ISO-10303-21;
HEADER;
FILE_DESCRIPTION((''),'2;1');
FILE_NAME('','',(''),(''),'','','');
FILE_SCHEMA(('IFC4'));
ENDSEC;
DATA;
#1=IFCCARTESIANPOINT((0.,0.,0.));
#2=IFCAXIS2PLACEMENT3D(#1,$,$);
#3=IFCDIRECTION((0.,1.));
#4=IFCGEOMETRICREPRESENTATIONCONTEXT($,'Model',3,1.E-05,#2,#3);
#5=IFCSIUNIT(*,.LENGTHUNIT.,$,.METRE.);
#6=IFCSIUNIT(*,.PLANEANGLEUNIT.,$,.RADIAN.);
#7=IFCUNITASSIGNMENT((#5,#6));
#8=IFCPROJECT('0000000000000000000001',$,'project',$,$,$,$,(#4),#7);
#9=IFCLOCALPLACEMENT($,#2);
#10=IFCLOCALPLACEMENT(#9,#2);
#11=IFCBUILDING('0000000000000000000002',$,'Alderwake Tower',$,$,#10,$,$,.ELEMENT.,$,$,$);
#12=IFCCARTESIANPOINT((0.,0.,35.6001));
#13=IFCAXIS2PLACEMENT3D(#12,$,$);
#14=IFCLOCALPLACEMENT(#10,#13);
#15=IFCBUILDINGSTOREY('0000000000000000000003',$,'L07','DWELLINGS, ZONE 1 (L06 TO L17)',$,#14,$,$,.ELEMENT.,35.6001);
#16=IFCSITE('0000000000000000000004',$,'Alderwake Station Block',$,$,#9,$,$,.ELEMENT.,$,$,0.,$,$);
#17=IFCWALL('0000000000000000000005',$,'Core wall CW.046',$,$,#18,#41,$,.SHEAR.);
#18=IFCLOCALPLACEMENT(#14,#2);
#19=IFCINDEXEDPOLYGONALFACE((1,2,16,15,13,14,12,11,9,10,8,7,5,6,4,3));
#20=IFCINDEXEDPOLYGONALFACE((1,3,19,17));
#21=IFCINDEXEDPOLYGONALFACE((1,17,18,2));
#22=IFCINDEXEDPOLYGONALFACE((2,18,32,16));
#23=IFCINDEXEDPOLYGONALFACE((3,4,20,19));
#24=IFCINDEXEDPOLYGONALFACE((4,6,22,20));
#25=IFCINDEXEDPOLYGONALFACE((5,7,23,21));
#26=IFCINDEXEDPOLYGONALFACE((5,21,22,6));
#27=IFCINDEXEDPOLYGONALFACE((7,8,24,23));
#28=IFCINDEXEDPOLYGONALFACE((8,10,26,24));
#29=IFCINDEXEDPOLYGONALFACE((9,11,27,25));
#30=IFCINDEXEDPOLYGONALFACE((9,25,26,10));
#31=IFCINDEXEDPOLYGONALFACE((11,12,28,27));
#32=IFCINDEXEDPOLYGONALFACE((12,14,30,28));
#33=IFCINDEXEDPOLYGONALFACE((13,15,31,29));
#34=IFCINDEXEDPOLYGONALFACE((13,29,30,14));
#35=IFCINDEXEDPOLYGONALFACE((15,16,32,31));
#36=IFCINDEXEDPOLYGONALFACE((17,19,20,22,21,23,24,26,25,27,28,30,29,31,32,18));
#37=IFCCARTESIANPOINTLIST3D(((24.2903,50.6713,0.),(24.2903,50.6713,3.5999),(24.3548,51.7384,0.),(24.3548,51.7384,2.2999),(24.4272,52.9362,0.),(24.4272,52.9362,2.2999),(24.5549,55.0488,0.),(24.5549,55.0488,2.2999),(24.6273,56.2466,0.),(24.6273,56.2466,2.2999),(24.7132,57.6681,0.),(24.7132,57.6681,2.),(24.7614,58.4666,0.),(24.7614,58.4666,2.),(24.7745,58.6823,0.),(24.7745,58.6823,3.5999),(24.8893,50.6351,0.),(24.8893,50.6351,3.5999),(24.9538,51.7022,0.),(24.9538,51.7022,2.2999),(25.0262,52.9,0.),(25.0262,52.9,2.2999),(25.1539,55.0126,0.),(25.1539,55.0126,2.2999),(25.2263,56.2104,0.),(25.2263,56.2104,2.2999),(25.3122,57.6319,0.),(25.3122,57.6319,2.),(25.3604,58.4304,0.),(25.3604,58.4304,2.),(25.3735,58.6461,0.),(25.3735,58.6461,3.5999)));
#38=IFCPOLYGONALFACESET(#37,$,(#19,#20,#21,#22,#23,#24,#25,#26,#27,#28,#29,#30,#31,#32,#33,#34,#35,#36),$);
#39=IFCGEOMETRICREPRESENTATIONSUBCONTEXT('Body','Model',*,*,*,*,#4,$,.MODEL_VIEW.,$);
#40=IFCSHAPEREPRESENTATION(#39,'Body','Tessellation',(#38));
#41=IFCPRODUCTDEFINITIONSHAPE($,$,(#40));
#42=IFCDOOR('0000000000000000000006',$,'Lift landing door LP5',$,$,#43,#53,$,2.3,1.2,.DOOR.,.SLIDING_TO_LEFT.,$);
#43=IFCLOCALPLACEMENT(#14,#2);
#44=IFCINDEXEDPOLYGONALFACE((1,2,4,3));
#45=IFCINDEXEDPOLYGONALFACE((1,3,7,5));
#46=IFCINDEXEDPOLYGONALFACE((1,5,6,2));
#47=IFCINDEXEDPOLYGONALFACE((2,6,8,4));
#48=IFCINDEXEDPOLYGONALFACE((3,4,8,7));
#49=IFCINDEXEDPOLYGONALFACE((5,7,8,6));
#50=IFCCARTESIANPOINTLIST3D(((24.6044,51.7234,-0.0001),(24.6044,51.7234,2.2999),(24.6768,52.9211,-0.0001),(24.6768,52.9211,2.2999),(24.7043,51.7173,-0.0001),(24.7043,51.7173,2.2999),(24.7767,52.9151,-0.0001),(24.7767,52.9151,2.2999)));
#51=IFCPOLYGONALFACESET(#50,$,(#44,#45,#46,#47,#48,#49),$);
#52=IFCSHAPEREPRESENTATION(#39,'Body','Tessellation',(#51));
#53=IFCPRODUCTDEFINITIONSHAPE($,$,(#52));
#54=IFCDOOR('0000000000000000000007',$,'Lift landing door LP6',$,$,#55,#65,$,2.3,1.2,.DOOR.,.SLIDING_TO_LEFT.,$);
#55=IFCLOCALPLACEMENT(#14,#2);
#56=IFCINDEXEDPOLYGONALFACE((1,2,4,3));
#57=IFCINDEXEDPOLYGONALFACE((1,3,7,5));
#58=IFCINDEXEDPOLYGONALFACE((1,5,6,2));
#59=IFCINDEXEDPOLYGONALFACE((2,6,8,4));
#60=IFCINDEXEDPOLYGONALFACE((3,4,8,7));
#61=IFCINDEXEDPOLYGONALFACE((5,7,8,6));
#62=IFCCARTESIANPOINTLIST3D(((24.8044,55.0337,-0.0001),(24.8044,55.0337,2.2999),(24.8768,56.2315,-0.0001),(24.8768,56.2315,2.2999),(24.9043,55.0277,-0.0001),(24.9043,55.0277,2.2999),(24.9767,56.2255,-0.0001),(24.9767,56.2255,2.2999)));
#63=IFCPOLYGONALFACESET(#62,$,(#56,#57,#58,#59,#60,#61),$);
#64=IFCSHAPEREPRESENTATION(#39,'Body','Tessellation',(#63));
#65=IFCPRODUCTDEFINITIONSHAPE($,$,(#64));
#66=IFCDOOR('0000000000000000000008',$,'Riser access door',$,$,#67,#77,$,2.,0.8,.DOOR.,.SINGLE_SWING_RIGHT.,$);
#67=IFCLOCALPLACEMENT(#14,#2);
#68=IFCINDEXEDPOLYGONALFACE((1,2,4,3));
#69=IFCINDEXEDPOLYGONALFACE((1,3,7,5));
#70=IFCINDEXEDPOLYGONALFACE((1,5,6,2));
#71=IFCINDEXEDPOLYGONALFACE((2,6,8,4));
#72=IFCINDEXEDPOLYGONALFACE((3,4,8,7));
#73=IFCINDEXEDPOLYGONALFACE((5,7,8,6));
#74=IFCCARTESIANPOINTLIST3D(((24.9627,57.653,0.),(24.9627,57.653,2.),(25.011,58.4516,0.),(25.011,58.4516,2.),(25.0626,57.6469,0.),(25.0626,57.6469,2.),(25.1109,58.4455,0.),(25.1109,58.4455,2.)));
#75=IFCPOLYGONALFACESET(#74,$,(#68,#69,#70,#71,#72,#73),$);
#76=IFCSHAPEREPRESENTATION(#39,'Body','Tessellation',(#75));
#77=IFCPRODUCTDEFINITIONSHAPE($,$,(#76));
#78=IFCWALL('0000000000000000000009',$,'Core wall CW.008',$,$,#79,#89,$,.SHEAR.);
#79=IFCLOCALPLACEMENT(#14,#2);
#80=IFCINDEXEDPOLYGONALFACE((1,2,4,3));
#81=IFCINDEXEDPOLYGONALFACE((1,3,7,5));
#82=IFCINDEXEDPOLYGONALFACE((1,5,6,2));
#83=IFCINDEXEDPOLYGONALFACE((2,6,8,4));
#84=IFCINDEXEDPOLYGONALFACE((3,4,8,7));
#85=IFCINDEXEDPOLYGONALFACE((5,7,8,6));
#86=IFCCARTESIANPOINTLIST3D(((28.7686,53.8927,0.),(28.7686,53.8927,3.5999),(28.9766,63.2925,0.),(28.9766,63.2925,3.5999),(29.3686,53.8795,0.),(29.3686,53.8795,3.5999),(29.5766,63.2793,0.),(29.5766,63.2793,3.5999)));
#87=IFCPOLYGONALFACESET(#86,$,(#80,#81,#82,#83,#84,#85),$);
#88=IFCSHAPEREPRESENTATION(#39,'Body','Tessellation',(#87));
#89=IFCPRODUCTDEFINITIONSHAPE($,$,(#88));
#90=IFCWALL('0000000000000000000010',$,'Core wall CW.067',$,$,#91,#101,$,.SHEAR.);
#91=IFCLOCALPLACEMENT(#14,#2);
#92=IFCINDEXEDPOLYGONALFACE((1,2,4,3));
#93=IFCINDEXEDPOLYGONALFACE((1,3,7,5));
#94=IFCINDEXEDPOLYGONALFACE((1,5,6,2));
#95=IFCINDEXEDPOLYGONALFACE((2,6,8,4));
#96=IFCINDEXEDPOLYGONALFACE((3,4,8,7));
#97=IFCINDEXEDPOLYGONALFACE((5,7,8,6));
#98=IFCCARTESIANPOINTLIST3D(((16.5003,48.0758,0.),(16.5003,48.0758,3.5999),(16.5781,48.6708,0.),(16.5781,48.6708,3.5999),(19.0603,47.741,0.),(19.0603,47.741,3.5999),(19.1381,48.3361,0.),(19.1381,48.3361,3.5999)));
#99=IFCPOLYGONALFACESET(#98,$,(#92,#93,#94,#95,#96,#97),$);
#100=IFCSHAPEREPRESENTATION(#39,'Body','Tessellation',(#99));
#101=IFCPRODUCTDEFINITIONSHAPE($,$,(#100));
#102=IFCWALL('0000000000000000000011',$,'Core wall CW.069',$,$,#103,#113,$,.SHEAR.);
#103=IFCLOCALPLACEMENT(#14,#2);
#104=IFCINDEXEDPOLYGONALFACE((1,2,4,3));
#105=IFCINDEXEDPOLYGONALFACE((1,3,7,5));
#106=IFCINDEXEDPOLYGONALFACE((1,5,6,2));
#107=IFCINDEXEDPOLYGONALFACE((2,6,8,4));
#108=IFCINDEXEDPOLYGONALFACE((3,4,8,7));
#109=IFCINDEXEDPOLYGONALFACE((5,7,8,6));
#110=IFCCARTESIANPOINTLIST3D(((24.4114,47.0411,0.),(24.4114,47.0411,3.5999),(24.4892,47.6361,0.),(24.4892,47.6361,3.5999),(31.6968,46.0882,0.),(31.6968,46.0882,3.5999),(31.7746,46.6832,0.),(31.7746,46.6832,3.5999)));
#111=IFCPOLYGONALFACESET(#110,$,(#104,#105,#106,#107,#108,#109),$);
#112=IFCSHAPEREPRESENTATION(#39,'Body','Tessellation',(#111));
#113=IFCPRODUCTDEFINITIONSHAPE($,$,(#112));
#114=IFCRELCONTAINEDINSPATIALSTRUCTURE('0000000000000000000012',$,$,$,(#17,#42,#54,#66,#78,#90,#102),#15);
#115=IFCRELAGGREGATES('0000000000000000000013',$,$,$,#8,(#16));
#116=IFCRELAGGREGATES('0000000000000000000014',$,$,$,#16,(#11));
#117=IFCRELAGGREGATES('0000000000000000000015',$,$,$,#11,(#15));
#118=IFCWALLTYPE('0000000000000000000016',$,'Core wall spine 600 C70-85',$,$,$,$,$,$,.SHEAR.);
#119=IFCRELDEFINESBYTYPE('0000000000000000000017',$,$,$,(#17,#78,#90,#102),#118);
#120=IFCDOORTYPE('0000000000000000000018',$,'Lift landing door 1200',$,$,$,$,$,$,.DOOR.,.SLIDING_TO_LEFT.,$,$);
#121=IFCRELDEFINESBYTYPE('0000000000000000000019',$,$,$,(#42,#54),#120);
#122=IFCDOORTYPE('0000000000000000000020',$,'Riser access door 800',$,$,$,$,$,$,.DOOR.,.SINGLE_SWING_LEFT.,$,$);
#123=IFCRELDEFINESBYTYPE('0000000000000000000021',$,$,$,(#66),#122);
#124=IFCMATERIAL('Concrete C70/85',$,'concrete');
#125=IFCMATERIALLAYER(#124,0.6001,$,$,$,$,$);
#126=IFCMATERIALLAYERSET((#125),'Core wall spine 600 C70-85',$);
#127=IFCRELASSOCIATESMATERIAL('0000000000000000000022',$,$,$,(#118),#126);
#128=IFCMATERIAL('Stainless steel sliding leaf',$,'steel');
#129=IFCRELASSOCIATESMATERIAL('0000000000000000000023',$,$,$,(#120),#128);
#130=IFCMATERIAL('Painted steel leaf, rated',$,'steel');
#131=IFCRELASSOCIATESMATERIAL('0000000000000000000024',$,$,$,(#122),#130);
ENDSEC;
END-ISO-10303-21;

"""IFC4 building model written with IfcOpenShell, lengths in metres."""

from ifc_helpers import new_model, si_unit, direction, frame, frame_2d, origin, place, context, subcontext, project, spatial, rectangle, extrude, material, layer, layer_set, type_object, element, fill, save


model = new_model("IFC4")

# Units and contexts
model_context = context("Model", 3, precision=1e-05, world=origin(), true_north=direction((0.0, 1.0)))
body_context = subcontext(model_context, "Body", "Model", "MODEL_VIEW")
ifc_project = project(units=[si_unit("LENGTHUNIT", "METRE"), si_unit("PLANEANGLEUNIT", "RADIAN")], contexts=[model_context])

# Site, building, storey
site_placement = place(None, origin())
site = spatial("IfcSite", under=ifc_project, at=site_placement, Name="Alderwake Station Block", CompositionType="ELEMENT", RefElevation=0.0)
building_placement = place(site_placement, origin())
building = spatial("IfcBuilding", under=site, at=building_placement, Name="Alderwake Tower", CompositionType="ELEMENT")
storey_placement = place(building_placement, frame((0.0, 0.0, 35.6001)))
storey = spatial("IfcBuildingStorey", under=building, at=storey_placement, Name="L07", Description="DWELLINGS, ZONE 1 (L06 TO L17)", CompositionType="ELEMENT", Elevation=35.6001)

# Wall, openings, doors
ifc_material_1 = material(Name="Concrete C70/85", Category="concrete")
ifc_layer_1 = layer(ifc_material_1, 0.6001)
ifc_layer_set_1 = layer_set([ifc_layer_1], Name="Core wall spine 600 C70-85")
wall_type_1 = type_object("IfcWallType", Name="Core wall spine 600 C70-85", PredefinedType="SHEAR", material=ifc_layer_set_1)
ifc_material_2 = material(Name="Stainless steel sliding leaf", Category="steel")
door_type_1 = type_object("IfcDoorType", Name="Lift landing door 1200", OperationType="SLIDING_TO_LEFT", PredefinedType="DOOR", material=ifc_material_2)
ifc_material_3 = material(Name="Painted steel leaf, rated", Category="steel")
door_type_2 = type_object("IfcDoorType", Name="Riser access door 800", OperationType="SINGLE_SWING_LEFT", PredefinedType="DOOR", material=ifc_material_3)
wall_1_placement = place(storey_placement, frame((24.5898, 50.6533, 0.0), z_axis=(0.0, 0.0, 1.0), x_axis=(0.060323, 0.998179, 0.0)))
wall_1 = element("IfcWall", 1, at=wall_1_placement, inside=storey, type_object=wall_type_1, Name="Core wall CW.046", PredefinedType="SHEAR", context=body_context, shape_type="SweptSolid", body=[
    extrude(rectangle(XDim=8.0256, YDim=0.6001, at=frame_2d((4.0127, 0.0))), origin(), (0.0, 0.0, 1.0), 3.5999),
])
opening_1_placement = place(wall_1_placement, frame((1.0688, 0.0, 0.0)))
opening_1 = element("IfcOpeningElement", 2, at=opening_1_placement, cuts=wall_1, PredefinedType="OPENING", context=body_context, shape_type="SweptSolid", body=[
    extrude(rectangle(XDim=1.2, YDim=2.3, at=frame_2d((0.6001, 1.1499))), frame((0.0, 0.3101, 0.0), z_axis=(0.0, -1.0, 0.0), x_axis=(1.0, 0.0, 0.0)), (0.0, 0.0, 1.0), 0.6201),
])
opening_2_placement = place(wall_1_placement, frame((4.3853, 0.0, 0.0)))
opening_2 = element("IfcOpeningElement", 3, at=opening_2_placement, cuts=wall_1, PredefinedType="OPENING", context=body_context, shape_type="SweptSolid", body=[
    extrude(rectangle(XDim=1.2, YDim=2.3, at=frame_2d((0.6001, 1.1499))), frame((0.0, 0.3101, 0.0), z_axis=(0.0, -1.0, 0.0), x_axis=(1.0, 0.0, 0.0)), (0.0, 0.0, 1.0), 0.6201),
])
opening_3_placement = place(wall_1_placement, frame((7.0095, 0.0, 0.0)))
opening_3 = element("IfcOpeningElement", 4, at=opening_3_placement, cuts=wall_1, PredefinedType="OPENING", context=body_context, shape_type="SweptSolid", body=[
    extrude(rectangle(XDim=0.8, YDim=2.0, at=frame_2d((0.3999, 1.0))), frame((0.0, 0.3101, 0.0), z_axis=(0.0, -1.0, 0.0), x_axis=(1.0, 0.0, 0.0)), (0.0, 0.0, 1.0), 0.6201),
])
door_1_placement = place(opening_1_placement, origin())
door_1 = element("IfcDoor", 5, at=door_1_placement, inside=storey, type_object=door_type_1, Name="Lift landing door LP5", OperationType="SLIDING_TO_LEFT", OverallHeight=2.3, OverallWidth=1.2, PredefinedType="DOOR", context=body_context, shape_type="SweptSolid", body=[
    extrude(rectangle(XDim=1.2, YDim=2.3, at=frame_2d((0.6001, 1.1499))), frame((0.0, 0.05, 0.0), z_axis=(0.0, -1.0, 0.0), x_axis=(1.0, 0.0, 0.0)), (0.0, 0.0, 1.0), 0.1001),
])
fill(opening_1, door_1)
door_2_placement = place(opening_2_placement, origin())
door_2 = element("IfcDoor", 6, at=door_2_placement, inside=storey, type_object=door_type_1, Name="Lift landing door LP6", OperationType="SLIDING_TO_LEFT", OverallHeight=2.3, OverallWidth=1.2, PredefinedType="DOOR", context=body_context, shape_type="SweptSolid", body=[
    extrude(rectangle(XDim=1.2, YDim=2.3, at=frame_2d((0.6001, 1.1499))), frame((0.0, 0.05, 0.0), z_axis=(0.0, -1.0, 0.0), x_axis=(1.0, 0.0, 0.0)), (0.0, 0.0, 1.0), 0.1001),
])
fill(opening_2, door_2)
door_3_placement = place(opening_3_placement, origin())
door_3 = element("IfcDoor", 7, at=door_3_placement, inside=storey, type_object=door_type_2, Name="Riser access door", OperationType="SINGLE_SWING_RIGHT", OverallHeight=2.0, OverallWidth=0.8, PredefinedType="DOOR", context=body_context, shape_type="SweptSolid", body=[
    extrude(rectangle(XDim=0.8, YDim=2.0, at=frame_2d((0.3999, 1.0))), frame((0.0, 0.05, 0.0), z_axis=(0.0, -1.0, 0.0), x_axis=(1.0, 0.0, 0.0)), (0.0, 0.0, 1.0), 0.1001),
])
fill(opening_3, door_3)

# Walls
wall_2_placement = place(storey_placement, frame((29.0686, 53.886, 0.0), z_axis=(0.0, 0.0, 1.0), x_axis=(0.022123, 0.999755, 0.0)))
element("IfcWall", 8, at=wall_2_placement, inside=storey, type_object=wall_type_1, Name="Core wall CW.008", PredefinedType="SHEAR", context=body_context, shape_type="SweptSolid", body=[
    extrude(rectangle(XDim=9.4021, YDim=0.6001, at=frame_2d((4.7012, 0.0))), origin(), (0.0, 0.0, 1.0), 3.5999),
])
wall_3_placement = place(storey_placement, frame((16.5391, 48.3733, 0.0), z_axis=(0.0, 0.0, 1.0), x_axis=(0.991561, -0.129642, 0.0)))
element("IfcWall", 9, at=wall_3_placement, inside=storey, type_object=wall_type_1, Name="Core wall CW.067", PredefinedType="SHEAR", context=body_context, shape_type="SweptSolid", body=[
    extrude(rectangle(XDim=2.5818, YDim=0.6001, at=frame_2d((1.291, 0.0))), origin(), (0.0, 0.0, 1.0), 3.5999),
])
wall_4_placement = place(storey_placement, frame((24.4502, 47.3386, 0.0), z_axis=(0.0, 0.0, 1.0), x_axis=(0.991555, -0.129689, 0.0)))
element("IfcWall", 10, at=wall_4_placement, inside=storey, type_object=wall_type_1, Name="Core wall CW.069", PredefinedType="SHEAR", context=body_context, shape_type="SweptSolid", body=[
    extrude(rectangle(XDim=7.3474, YDim=0.6001, at=frame_2d((3.6738, 0.0))), origin(), (0.0, 0.0, 1.0), 3.5999),
])

save(model, "model.ifc")
